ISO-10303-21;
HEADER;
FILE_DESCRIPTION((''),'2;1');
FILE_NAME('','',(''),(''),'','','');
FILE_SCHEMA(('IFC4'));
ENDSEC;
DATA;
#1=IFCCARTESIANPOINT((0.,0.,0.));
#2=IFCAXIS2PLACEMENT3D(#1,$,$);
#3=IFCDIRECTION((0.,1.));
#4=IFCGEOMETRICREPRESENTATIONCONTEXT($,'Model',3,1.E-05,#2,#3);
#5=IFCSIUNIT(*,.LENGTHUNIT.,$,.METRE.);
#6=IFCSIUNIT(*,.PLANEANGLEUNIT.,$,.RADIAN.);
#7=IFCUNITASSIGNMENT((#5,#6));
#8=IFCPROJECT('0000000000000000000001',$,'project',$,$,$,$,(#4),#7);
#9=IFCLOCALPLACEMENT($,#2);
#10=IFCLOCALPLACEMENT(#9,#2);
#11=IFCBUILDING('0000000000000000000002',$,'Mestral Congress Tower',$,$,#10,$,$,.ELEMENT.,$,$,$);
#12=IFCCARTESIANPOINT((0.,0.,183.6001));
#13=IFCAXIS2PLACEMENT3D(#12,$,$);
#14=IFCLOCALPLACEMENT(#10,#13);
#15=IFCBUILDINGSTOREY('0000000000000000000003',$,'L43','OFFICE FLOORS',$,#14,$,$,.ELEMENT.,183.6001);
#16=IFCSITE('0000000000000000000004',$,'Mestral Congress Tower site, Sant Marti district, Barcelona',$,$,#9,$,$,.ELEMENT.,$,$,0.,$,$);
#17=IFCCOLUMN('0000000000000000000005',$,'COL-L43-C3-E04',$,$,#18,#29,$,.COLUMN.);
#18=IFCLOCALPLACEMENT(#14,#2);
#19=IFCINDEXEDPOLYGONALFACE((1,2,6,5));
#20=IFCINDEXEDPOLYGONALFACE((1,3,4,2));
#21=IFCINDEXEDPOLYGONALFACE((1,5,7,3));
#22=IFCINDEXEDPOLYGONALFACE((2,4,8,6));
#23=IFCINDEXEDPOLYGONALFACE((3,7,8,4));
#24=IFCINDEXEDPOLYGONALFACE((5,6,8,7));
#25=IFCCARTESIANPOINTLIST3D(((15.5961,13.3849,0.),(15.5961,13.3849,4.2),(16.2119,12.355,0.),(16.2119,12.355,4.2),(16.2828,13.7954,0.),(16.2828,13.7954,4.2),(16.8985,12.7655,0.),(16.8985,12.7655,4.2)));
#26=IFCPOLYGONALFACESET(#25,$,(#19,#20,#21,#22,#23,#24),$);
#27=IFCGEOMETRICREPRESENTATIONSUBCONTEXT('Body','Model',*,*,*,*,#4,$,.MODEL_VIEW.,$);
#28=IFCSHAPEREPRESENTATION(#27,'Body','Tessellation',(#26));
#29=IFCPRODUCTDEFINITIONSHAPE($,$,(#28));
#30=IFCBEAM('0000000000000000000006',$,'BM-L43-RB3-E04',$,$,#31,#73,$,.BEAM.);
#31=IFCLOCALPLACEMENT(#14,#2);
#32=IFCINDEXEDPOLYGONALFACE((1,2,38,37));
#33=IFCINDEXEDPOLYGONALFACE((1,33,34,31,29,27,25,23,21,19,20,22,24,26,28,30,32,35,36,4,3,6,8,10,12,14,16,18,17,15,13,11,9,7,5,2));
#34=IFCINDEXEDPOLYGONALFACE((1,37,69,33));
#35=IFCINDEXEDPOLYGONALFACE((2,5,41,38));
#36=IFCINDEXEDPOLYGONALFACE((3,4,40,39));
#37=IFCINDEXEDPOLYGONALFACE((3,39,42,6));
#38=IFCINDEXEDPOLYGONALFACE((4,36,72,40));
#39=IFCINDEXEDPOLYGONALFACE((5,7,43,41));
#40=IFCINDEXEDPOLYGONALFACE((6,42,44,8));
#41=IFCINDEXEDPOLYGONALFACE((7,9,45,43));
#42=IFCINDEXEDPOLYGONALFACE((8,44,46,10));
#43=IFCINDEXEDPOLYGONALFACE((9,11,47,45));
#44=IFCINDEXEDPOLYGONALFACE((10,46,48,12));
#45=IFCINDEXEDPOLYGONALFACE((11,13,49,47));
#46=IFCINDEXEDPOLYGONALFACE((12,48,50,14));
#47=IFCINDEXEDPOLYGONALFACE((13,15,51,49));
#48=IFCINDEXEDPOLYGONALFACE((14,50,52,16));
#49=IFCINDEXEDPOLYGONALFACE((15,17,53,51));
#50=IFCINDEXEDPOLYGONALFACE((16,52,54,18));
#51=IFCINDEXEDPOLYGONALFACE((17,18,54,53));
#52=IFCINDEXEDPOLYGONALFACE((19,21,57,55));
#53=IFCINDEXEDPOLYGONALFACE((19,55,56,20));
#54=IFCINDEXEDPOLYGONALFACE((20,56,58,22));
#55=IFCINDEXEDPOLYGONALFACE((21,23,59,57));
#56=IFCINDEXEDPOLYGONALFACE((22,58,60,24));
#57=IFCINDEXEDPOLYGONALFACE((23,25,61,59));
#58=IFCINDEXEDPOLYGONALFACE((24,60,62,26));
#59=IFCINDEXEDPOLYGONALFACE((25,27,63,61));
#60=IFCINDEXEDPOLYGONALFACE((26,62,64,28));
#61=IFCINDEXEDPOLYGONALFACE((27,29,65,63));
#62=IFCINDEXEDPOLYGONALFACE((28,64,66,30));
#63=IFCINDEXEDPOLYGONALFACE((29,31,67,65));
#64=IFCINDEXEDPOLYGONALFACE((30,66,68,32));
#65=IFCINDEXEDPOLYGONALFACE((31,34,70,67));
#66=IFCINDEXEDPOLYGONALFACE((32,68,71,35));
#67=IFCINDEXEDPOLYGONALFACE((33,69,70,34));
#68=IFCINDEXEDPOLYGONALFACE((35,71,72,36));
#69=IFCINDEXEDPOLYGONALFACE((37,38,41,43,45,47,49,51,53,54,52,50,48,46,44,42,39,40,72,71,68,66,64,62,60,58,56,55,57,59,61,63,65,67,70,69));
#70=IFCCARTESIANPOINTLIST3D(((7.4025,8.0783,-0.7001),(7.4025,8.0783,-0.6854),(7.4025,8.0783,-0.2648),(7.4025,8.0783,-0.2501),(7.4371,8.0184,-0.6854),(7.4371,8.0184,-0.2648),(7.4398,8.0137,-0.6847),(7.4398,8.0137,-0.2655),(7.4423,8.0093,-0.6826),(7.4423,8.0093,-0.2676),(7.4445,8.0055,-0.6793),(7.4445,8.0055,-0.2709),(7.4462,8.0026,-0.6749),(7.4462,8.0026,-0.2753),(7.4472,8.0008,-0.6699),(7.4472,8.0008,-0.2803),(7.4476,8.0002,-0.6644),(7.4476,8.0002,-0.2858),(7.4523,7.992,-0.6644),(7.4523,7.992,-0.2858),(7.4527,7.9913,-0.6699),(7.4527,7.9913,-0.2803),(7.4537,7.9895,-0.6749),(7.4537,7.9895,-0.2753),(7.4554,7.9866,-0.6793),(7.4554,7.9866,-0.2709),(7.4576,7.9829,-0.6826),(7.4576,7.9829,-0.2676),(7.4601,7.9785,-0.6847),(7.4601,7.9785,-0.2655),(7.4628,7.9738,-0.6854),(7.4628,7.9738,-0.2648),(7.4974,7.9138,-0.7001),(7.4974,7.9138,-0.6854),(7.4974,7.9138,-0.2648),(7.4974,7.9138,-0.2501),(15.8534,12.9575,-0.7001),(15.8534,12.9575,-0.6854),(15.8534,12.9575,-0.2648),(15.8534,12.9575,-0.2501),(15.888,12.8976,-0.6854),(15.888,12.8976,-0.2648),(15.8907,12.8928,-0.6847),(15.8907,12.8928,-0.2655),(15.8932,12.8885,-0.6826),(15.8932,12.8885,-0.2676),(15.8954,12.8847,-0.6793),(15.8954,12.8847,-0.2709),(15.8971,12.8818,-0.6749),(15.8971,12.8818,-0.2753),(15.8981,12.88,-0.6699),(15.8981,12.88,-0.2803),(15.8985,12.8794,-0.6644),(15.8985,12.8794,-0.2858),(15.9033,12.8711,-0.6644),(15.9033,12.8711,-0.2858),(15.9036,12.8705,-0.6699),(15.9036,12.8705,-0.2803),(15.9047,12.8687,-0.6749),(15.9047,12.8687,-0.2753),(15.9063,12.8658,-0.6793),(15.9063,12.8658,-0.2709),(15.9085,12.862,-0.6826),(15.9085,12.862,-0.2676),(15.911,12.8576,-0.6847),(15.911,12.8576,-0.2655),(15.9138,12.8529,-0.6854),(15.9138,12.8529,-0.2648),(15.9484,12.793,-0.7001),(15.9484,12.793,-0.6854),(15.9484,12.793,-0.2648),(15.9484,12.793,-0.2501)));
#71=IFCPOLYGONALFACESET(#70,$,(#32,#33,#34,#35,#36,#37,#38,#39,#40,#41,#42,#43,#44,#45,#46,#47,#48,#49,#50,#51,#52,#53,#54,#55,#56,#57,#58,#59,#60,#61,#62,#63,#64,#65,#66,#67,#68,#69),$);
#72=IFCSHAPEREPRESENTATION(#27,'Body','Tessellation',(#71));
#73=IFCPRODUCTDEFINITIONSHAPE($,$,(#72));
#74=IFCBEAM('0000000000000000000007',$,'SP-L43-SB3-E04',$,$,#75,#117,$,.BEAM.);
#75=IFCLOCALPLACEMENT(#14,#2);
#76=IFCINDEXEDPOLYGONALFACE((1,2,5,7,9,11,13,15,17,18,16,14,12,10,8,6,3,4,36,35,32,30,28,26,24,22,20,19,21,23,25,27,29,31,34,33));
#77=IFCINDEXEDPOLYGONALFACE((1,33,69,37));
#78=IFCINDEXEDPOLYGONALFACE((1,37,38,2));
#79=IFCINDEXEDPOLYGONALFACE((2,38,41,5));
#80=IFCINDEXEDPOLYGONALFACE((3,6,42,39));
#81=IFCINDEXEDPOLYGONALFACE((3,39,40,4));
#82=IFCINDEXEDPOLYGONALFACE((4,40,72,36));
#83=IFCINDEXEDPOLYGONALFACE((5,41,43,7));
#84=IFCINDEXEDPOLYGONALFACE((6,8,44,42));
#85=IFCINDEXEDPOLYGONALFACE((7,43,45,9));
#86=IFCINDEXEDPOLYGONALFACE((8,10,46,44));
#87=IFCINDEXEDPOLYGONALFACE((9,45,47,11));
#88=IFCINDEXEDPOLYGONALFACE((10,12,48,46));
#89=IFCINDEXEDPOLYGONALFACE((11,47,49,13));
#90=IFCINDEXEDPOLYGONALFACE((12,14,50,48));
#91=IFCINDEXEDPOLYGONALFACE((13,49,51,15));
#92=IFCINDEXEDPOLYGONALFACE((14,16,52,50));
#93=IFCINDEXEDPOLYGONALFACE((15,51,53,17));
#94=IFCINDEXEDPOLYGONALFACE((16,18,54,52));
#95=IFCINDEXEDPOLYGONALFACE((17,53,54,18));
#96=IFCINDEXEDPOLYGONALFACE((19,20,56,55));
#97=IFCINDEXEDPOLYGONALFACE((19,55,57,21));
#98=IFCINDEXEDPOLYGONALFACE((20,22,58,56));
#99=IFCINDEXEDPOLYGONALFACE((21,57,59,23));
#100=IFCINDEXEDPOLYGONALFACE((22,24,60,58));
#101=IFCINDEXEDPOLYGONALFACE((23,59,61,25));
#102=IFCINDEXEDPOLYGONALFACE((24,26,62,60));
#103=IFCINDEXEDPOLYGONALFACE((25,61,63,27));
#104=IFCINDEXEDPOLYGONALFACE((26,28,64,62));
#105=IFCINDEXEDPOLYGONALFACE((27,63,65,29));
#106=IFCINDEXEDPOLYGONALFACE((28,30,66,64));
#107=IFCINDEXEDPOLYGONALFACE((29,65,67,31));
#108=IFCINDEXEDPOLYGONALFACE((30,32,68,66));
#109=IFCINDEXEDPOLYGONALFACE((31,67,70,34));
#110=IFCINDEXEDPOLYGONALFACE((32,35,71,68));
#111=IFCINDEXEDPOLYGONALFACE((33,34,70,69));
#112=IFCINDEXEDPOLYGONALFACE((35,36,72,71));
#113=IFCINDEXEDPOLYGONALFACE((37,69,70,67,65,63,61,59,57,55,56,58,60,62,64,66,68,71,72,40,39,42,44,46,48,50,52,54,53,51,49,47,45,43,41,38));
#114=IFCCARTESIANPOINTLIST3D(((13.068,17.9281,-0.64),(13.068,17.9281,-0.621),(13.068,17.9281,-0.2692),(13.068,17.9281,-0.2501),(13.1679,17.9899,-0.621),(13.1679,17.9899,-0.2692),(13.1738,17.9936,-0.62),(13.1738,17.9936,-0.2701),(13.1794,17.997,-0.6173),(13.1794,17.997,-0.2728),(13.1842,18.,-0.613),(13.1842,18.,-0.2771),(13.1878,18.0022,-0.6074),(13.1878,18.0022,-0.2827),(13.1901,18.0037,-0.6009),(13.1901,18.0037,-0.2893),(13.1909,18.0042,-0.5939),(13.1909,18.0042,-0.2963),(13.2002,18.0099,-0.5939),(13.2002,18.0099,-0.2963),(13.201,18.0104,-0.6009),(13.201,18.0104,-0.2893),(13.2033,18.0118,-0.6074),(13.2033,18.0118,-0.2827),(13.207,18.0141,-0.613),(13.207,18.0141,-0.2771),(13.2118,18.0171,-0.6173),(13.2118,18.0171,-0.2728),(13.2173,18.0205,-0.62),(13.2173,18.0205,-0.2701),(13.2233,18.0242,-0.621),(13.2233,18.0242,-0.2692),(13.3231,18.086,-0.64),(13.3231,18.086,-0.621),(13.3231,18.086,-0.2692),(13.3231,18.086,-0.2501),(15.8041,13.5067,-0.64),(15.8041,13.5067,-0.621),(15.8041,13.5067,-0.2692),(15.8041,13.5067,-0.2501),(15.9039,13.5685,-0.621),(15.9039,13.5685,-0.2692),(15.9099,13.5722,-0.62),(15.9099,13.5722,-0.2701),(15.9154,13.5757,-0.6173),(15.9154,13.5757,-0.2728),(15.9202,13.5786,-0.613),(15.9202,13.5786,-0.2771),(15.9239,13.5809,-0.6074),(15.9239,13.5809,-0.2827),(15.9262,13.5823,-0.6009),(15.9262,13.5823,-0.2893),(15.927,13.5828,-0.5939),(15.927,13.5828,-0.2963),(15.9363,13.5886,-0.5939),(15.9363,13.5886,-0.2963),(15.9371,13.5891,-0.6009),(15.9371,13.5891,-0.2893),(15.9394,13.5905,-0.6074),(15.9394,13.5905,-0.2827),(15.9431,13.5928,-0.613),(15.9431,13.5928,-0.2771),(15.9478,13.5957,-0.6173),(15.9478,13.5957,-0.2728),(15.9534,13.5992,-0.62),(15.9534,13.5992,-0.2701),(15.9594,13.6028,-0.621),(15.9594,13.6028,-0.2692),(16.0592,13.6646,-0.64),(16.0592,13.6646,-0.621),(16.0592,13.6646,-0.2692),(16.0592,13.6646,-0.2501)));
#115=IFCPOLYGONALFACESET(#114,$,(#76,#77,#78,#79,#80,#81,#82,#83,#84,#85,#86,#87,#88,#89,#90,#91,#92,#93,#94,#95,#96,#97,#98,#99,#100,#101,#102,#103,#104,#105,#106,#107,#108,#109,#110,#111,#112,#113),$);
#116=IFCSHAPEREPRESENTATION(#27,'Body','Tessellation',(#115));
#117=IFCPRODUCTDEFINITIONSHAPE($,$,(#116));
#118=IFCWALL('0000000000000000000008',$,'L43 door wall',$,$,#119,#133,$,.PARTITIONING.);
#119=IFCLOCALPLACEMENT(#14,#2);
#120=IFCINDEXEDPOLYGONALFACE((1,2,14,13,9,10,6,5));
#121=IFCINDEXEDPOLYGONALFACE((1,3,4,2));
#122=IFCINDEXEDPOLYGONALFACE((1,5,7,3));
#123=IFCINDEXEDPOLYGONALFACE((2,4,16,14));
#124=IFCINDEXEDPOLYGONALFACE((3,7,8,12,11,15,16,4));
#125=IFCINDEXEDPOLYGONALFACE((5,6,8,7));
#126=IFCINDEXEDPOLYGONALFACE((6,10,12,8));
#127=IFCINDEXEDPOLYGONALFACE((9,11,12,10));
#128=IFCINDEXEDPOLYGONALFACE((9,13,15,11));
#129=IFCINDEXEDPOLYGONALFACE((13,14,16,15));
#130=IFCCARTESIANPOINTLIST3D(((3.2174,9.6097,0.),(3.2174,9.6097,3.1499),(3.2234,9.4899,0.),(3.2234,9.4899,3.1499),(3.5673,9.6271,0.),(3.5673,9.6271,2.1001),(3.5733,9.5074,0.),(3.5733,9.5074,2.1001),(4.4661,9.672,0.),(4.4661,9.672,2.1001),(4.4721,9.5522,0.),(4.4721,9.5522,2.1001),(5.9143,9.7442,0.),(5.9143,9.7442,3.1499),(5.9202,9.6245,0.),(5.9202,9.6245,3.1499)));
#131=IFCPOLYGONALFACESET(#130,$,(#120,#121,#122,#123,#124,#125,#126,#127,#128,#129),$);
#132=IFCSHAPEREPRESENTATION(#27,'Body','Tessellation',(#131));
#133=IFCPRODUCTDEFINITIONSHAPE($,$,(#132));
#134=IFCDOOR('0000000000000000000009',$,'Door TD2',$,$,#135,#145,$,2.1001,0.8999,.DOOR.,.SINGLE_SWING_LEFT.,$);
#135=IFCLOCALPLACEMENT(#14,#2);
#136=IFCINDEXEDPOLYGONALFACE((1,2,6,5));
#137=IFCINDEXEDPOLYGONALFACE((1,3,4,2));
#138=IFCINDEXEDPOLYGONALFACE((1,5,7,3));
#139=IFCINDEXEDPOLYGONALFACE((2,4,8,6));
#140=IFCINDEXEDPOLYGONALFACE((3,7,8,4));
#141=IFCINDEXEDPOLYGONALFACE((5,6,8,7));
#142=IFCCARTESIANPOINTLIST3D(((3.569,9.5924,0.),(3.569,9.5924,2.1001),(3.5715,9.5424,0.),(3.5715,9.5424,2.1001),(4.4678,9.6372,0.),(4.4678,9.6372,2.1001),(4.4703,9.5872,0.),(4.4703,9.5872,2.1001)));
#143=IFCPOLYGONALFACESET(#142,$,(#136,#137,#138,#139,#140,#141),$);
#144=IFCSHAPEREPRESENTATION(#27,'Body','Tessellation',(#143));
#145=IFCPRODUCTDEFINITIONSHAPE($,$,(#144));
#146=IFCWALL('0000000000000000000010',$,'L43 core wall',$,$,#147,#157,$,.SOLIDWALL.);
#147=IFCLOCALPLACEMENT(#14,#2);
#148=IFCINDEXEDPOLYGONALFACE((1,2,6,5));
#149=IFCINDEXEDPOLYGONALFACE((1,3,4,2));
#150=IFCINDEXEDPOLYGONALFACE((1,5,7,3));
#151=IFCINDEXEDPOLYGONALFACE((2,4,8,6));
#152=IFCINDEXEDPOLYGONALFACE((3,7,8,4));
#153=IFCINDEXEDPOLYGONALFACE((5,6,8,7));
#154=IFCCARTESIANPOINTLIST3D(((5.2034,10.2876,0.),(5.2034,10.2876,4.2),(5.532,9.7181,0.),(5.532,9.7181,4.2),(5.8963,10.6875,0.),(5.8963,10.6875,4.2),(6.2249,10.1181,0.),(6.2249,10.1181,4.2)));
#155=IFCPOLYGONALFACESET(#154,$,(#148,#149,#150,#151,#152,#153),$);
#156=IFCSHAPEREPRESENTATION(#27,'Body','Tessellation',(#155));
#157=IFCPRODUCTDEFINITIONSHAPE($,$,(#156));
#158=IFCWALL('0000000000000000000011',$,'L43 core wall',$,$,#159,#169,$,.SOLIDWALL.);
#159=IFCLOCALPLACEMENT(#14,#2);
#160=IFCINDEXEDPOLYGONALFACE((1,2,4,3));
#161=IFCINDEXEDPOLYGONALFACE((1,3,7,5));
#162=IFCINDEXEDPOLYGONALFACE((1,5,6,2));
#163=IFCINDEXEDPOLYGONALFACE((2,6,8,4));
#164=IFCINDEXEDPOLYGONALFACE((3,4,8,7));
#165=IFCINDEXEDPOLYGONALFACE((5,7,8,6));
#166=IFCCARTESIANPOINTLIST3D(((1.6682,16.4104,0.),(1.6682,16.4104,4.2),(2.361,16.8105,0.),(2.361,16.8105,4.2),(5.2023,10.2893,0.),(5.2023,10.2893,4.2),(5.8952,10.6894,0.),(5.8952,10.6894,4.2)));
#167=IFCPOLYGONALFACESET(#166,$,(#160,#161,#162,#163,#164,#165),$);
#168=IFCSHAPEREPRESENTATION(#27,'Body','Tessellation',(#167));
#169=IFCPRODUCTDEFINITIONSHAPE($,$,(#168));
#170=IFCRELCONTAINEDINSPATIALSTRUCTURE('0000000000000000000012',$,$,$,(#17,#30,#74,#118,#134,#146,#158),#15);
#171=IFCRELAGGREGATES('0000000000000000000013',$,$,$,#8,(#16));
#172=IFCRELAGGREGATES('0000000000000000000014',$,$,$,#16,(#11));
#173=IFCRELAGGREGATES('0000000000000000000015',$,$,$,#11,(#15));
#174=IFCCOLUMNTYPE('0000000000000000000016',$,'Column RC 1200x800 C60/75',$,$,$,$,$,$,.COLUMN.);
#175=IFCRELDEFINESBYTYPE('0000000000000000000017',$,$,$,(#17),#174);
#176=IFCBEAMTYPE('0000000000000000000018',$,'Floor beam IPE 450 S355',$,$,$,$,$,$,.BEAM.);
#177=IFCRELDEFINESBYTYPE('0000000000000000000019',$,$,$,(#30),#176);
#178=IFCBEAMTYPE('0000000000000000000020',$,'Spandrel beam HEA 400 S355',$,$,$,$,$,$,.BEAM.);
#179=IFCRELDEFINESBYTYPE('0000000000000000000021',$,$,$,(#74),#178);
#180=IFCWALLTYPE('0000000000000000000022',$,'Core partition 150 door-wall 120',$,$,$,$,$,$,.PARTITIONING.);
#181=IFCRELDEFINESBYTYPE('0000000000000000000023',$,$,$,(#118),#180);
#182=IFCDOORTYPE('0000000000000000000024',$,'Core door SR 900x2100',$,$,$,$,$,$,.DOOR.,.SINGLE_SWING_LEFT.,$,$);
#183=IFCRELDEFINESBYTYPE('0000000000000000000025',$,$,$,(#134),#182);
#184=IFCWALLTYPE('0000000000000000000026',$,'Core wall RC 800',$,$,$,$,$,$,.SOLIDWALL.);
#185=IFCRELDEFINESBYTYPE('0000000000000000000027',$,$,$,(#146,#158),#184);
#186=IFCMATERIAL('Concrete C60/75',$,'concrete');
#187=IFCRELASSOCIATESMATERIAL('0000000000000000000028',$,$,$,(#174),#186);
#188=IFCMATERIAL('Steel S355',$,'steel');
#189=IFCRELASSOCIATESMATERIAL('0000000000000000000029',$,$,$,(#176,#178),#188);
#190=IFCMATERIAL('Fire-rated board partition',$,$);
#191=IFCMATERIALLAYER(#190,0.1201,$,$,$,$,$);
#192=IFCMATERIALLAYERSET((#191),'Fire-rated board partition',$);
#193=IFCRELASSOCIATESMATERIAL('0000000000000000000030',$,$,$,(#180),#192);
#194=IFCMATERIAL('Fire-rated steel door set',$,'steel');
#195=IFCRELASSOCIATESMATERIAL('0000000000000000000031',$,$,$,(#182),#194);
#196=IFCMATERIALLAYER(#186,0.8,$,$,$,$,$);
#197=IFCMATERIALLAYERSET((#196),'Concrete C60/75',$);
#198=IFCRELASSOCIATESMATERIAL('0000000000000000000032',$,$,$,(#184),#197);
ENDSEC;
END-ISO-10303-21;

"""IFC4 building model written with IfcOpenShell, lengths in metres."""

from ifc_helpers import new_model, si_unit, direction, frame, frame_2d, origin, origin_2d, place, context, subcontext, project, spatial, rectangle, i_section, extrude, material, layer, layer_set, material_profile, profile_set, type_object, element, fill, save


model = new_model("IFC4")

# Units and contexts
model_context = context("Model", 3, precision=1e-05, world=origin(), true_north=direction((0.0, 1.0)))
body_context = subcontext(model_context, "Body", "Model", "MODEL_VIEW")
ifc_project = project(units=[si_unit("LENGTHUNIT", "METRE"), si_unit("PLANEANGLEUNIT", "RADIAN")], contexts=[model_context])

# Site, building, storey
site_placement = place(None, origin())
site = spatial("IfcSite", under=ifc_project, at=site_placement, Name="Mestral Congress Tower site, Sant Marti district, Barcelona", CompositionType="ELEMENT", RefElevation=0.0)
building_placement = place(site_placement, origin())
building = spatial("IfcBuilding", under=site, at=building_placement, Name="Mestral Congress Tower", CompositionType="ELEMENT")
storey_placement = place(building_placement, frame((0.0, 0.0, 183.6001)))
storey = spatial("IfcBuildingStorey", under=building, at=storey_placement, Name="L43", Description="OFFICE FLOORS", CompositionType="ELEMENT", Elevation=183.6001)

# Column
ifc_material_1 = material(Name="Concrete C60/75", Category="concrete")
ifc_material_profile_1 = material_profile(ifc_material_1, rectangle(XDim=1.2, YDim=0.8, at=origin_2d()), Name="RC 1200x800")
ifc_profile_set_1 = profile_set([ifc_material_profile_1], Name="Concrete C60/75")
column_type = type_object("IfcColumnType", Name="Column RC 1200x800 C60/75", PredefinedType="COLUMN", material=ifc_profile_set_1)
column_placement = place(storey_placement, frame((16.2473, 13.0752, 0.0), z_axis=(0.0, 0.0, 1.0), x_axis=(-0.513159, 0.858293, 0.0)))
element("IfcColumn", 1, at=column_placement, inside=storey, type_object=column_type, Name="COL-L43-C3-E04", PredefinedType="COLUMN", context=body_context, shape_type="SweptSolid", body=[
    extrude(rectangle(XDim=1.2, YDim=0.8, at=origin_2d()), origin(), (0.0, 0.0, 1.0), 4.2),
])

# Beams
ifc_material_2 = material(Name="Steel S355", Category="steel")
ifc_material_profile_2 = material_profile(ifc_material_2, i_section(OverallWidth=0.1899, OverallDepth=0.45, WebThickness=0.0095, FlangeThickness=0.0146, FilletRadius=0.021, at=origin_2d()), Name="IPE 450")
ifc_profile_set_2 = profile_set([ifc_material_profile_2], Name="Steel S355")
beam_type_1 = type_object("IfcBeamType", Name="Floor beam IPE 450 S355", PredefinedType="BEAM", material=ifc_profile_set_2)
beam_1_placement = place(storey_placement, frame((15.9009, 12.8752, -0.4751), z_axis=(-0.866025, -0.5, 0.0), x_axis=(0.5, -0.866025, 0.0)))
element("IfcBeam", 2, at=beam_1_placement, inside=storey, type_object=beam_type_1, Name="BM-L43-RB3-E04", PredefinedType="BEAM", context=body_context, shape_type="SweptSolid", body=[
    extrude(i_section(OverallWidth=0.1899, OverallDepth=0.45, WebThickness=0.0095, FlangeThickness=0.0146, FilletRadius=0.021, at=origin_2d()), origin(), (0.0, 0.0, 1.0), 9.7583),
])
ifc_material_profile_3 = material_profile(ifc_material_2, i_section(OverallWidth=0.3, OverallDepth=0.3899, WebThickness=0.011, FlangeThickness=0.019, FilletRadius=0.0271, at=origin_2d()), Name="HEA 400")
ifc_profile_set_3 = profile_set([ifc_material_profile_3], Name="Steel S355")
beam_type_2 = type_object("IfcBeamType", Name="Spandrel beam HEA 400 S355", PredefinedType="BEAM", material=ifc_profile_set_3)
beam_2_placement = place(storey_placement, frame((15.9316, 13.5857, -0.4451), z_axis=(-0.52622, 0.850348, 0.0), x_axis=(-0.850348, -0.52622, 0.0)))
element("IfcBeam", 3, at=beam_2_placement, inside=storey, type_object=beam_type_2, Name="SP-L43-SB3-E04", PredefinedType="BEAM", context=body_context, shape_type="SweptSolid", body=[
    extrude(i_section(OverallWidth=0.3, OverallDepth=0.3899, WebThickness=0.011, FlangeThickness=0.019, FilletRadius=0.0271, at=origin_2d()), origin(), (0.0, 0.0, 1.0), 5.1995),
])

# Wall, opening, door
ifc_material_3 = material(Name="Fire-rated board partition")
ifc_layer_1 = layer(ifc_material_3, 0.1201)
ifc_layer_set_1 = layer_set([ifc_layer_1], Name="Fire-rated board partition")
wall_type_1 = type_object("IfcWallType", Name="Core partition 150 door-wall 120", PredefinedType="PARTITIONING", material=ifc_layer_set_1)
wall_1_placement = place(storey_placement, frame((5.9172, 9.6843, 0.0), z_axis=(0.0, 0.0, 1.0), x_axis=(-0.998758, -0.04982, 0.0)))
wall_1 = element("IfcWall", 4, at=wall_1_placement, inside=storey, type_object=wall_type_1, Name="L43 door wall", PredefinedType="PARTITIONING", context=body_context, shape_type="SweptSolid", body=[
    extrude(rectangle(XDim=2.7002, YDim=0.1199, at=frame_2d((1.3501, 0.0))), origin(), (0.0, 0.0, 1.0), 3.1499),
])
opening_1_placement = place(wall_1_placement, frame((1.45, 0.0, 0.0)))
opening_1 = element("IfcOpeningElement", 5, at=opening_1_placement, cuts=wall_1, PredefinedType="OPENING", context=body_context, shape_type="SweptSolid", body=[
    extrude(rectangle(XDim=0.8999, YDim=2.1001, at=frame_2d((0.45, 1.05))), frame((0.0, 0.0698, 0.0), z_axis=(0.0, -1.0, 0.0), x_axis=(1.0, 0.0, 0.0)), (0.0, 0.0, 1.0), 0.1399),
])
ifc_material_4 = material(Name="Fire-rated steel door set", Category="steel")
door_type_1 = type_object("IfcDoorType", Name="Core door SR 900x2100", OperationType="SINGLE_SWING_LEFT", PredefinedType="DOOR", material=ifc_material_4)
door_1_placement = place(opening_1_placement, origin())
door_1 = element("IfcDoor", 6, at=door_1_placement, inside=storey, type_object=door_type_1, Name="Door TD2", OperationType="SINGLE_SWING_LEFT", OverallHeight=2.1001, OverallWidth=0.8999, PredefinedType="DOOR", context=body_context, shape_type="SweptSolid", body=[
    extrude(rectangle(XDim=0.8999, YDim=2.1001, at=frame_2d((0.45, 1.05))), frame((0.0, 0.0249, 0.0), z_axis=(0.0, -1.0, 0.0), x_axis=(1.0, 0.0, 0.0)), (0.0, 0.0, 1.0), 0.05),
])
fill(opening_1, door_1)

# Walls
ifc_layer_2 = layer(ifc_material_1, 0.8)
ifc_layer_set_2 = layer_set([ifc_layer_2], Name="Concrete C60/75")
wall_type_2 = type_object("IfcWallType", Name="Core wall RC 800", PredefinedType="SOLIDWALL", material=ifc_layer_set_2)
wall_2_placement = place(storey_placement, frame((5.8784, 9.9182, 0.0), z_axis=(0.0, 0.0, 1.0), x_axis=(-0.499894, 0.866087, 0.0)))
element("IfcWall", 7, at=wall_2_placement, inside=storey, type_object=wall_type_2, Name="L43 core wall", PredefinedType="SOLIDWALL", context=body_context, shape_type="SweptSolid", body=[
    extrude(rectangle(XDim=0.6575, YDim=0.8, at=frame_2d((0.3286, 0.0))), origin(), (0.0, 0.0, 1.0), 4.2),
])
wall_3_placement = place(storey_placement, frame((5.5488, 10.4893, 0.0), z_axis=(0.0, 0.0, 1.0), x_axis=(-0.500017, 0.866015, 0.0)))
element("IfcWall", 8, at=wall_3_placement, inside=storey, type_object=wall_type_2, Name="L43 core wall", PredefinedType="SOLIDWALL", context=body_context, shape_type="SweptSolid", body=[
    extrude(rectangle(XDim=7.0681, YDim=0.8, at=frame_2d((3.5342, 0.0))), origin(), (0.0, 0.0, 1.0), 4.2),
])

save(model, "model.ifc")
